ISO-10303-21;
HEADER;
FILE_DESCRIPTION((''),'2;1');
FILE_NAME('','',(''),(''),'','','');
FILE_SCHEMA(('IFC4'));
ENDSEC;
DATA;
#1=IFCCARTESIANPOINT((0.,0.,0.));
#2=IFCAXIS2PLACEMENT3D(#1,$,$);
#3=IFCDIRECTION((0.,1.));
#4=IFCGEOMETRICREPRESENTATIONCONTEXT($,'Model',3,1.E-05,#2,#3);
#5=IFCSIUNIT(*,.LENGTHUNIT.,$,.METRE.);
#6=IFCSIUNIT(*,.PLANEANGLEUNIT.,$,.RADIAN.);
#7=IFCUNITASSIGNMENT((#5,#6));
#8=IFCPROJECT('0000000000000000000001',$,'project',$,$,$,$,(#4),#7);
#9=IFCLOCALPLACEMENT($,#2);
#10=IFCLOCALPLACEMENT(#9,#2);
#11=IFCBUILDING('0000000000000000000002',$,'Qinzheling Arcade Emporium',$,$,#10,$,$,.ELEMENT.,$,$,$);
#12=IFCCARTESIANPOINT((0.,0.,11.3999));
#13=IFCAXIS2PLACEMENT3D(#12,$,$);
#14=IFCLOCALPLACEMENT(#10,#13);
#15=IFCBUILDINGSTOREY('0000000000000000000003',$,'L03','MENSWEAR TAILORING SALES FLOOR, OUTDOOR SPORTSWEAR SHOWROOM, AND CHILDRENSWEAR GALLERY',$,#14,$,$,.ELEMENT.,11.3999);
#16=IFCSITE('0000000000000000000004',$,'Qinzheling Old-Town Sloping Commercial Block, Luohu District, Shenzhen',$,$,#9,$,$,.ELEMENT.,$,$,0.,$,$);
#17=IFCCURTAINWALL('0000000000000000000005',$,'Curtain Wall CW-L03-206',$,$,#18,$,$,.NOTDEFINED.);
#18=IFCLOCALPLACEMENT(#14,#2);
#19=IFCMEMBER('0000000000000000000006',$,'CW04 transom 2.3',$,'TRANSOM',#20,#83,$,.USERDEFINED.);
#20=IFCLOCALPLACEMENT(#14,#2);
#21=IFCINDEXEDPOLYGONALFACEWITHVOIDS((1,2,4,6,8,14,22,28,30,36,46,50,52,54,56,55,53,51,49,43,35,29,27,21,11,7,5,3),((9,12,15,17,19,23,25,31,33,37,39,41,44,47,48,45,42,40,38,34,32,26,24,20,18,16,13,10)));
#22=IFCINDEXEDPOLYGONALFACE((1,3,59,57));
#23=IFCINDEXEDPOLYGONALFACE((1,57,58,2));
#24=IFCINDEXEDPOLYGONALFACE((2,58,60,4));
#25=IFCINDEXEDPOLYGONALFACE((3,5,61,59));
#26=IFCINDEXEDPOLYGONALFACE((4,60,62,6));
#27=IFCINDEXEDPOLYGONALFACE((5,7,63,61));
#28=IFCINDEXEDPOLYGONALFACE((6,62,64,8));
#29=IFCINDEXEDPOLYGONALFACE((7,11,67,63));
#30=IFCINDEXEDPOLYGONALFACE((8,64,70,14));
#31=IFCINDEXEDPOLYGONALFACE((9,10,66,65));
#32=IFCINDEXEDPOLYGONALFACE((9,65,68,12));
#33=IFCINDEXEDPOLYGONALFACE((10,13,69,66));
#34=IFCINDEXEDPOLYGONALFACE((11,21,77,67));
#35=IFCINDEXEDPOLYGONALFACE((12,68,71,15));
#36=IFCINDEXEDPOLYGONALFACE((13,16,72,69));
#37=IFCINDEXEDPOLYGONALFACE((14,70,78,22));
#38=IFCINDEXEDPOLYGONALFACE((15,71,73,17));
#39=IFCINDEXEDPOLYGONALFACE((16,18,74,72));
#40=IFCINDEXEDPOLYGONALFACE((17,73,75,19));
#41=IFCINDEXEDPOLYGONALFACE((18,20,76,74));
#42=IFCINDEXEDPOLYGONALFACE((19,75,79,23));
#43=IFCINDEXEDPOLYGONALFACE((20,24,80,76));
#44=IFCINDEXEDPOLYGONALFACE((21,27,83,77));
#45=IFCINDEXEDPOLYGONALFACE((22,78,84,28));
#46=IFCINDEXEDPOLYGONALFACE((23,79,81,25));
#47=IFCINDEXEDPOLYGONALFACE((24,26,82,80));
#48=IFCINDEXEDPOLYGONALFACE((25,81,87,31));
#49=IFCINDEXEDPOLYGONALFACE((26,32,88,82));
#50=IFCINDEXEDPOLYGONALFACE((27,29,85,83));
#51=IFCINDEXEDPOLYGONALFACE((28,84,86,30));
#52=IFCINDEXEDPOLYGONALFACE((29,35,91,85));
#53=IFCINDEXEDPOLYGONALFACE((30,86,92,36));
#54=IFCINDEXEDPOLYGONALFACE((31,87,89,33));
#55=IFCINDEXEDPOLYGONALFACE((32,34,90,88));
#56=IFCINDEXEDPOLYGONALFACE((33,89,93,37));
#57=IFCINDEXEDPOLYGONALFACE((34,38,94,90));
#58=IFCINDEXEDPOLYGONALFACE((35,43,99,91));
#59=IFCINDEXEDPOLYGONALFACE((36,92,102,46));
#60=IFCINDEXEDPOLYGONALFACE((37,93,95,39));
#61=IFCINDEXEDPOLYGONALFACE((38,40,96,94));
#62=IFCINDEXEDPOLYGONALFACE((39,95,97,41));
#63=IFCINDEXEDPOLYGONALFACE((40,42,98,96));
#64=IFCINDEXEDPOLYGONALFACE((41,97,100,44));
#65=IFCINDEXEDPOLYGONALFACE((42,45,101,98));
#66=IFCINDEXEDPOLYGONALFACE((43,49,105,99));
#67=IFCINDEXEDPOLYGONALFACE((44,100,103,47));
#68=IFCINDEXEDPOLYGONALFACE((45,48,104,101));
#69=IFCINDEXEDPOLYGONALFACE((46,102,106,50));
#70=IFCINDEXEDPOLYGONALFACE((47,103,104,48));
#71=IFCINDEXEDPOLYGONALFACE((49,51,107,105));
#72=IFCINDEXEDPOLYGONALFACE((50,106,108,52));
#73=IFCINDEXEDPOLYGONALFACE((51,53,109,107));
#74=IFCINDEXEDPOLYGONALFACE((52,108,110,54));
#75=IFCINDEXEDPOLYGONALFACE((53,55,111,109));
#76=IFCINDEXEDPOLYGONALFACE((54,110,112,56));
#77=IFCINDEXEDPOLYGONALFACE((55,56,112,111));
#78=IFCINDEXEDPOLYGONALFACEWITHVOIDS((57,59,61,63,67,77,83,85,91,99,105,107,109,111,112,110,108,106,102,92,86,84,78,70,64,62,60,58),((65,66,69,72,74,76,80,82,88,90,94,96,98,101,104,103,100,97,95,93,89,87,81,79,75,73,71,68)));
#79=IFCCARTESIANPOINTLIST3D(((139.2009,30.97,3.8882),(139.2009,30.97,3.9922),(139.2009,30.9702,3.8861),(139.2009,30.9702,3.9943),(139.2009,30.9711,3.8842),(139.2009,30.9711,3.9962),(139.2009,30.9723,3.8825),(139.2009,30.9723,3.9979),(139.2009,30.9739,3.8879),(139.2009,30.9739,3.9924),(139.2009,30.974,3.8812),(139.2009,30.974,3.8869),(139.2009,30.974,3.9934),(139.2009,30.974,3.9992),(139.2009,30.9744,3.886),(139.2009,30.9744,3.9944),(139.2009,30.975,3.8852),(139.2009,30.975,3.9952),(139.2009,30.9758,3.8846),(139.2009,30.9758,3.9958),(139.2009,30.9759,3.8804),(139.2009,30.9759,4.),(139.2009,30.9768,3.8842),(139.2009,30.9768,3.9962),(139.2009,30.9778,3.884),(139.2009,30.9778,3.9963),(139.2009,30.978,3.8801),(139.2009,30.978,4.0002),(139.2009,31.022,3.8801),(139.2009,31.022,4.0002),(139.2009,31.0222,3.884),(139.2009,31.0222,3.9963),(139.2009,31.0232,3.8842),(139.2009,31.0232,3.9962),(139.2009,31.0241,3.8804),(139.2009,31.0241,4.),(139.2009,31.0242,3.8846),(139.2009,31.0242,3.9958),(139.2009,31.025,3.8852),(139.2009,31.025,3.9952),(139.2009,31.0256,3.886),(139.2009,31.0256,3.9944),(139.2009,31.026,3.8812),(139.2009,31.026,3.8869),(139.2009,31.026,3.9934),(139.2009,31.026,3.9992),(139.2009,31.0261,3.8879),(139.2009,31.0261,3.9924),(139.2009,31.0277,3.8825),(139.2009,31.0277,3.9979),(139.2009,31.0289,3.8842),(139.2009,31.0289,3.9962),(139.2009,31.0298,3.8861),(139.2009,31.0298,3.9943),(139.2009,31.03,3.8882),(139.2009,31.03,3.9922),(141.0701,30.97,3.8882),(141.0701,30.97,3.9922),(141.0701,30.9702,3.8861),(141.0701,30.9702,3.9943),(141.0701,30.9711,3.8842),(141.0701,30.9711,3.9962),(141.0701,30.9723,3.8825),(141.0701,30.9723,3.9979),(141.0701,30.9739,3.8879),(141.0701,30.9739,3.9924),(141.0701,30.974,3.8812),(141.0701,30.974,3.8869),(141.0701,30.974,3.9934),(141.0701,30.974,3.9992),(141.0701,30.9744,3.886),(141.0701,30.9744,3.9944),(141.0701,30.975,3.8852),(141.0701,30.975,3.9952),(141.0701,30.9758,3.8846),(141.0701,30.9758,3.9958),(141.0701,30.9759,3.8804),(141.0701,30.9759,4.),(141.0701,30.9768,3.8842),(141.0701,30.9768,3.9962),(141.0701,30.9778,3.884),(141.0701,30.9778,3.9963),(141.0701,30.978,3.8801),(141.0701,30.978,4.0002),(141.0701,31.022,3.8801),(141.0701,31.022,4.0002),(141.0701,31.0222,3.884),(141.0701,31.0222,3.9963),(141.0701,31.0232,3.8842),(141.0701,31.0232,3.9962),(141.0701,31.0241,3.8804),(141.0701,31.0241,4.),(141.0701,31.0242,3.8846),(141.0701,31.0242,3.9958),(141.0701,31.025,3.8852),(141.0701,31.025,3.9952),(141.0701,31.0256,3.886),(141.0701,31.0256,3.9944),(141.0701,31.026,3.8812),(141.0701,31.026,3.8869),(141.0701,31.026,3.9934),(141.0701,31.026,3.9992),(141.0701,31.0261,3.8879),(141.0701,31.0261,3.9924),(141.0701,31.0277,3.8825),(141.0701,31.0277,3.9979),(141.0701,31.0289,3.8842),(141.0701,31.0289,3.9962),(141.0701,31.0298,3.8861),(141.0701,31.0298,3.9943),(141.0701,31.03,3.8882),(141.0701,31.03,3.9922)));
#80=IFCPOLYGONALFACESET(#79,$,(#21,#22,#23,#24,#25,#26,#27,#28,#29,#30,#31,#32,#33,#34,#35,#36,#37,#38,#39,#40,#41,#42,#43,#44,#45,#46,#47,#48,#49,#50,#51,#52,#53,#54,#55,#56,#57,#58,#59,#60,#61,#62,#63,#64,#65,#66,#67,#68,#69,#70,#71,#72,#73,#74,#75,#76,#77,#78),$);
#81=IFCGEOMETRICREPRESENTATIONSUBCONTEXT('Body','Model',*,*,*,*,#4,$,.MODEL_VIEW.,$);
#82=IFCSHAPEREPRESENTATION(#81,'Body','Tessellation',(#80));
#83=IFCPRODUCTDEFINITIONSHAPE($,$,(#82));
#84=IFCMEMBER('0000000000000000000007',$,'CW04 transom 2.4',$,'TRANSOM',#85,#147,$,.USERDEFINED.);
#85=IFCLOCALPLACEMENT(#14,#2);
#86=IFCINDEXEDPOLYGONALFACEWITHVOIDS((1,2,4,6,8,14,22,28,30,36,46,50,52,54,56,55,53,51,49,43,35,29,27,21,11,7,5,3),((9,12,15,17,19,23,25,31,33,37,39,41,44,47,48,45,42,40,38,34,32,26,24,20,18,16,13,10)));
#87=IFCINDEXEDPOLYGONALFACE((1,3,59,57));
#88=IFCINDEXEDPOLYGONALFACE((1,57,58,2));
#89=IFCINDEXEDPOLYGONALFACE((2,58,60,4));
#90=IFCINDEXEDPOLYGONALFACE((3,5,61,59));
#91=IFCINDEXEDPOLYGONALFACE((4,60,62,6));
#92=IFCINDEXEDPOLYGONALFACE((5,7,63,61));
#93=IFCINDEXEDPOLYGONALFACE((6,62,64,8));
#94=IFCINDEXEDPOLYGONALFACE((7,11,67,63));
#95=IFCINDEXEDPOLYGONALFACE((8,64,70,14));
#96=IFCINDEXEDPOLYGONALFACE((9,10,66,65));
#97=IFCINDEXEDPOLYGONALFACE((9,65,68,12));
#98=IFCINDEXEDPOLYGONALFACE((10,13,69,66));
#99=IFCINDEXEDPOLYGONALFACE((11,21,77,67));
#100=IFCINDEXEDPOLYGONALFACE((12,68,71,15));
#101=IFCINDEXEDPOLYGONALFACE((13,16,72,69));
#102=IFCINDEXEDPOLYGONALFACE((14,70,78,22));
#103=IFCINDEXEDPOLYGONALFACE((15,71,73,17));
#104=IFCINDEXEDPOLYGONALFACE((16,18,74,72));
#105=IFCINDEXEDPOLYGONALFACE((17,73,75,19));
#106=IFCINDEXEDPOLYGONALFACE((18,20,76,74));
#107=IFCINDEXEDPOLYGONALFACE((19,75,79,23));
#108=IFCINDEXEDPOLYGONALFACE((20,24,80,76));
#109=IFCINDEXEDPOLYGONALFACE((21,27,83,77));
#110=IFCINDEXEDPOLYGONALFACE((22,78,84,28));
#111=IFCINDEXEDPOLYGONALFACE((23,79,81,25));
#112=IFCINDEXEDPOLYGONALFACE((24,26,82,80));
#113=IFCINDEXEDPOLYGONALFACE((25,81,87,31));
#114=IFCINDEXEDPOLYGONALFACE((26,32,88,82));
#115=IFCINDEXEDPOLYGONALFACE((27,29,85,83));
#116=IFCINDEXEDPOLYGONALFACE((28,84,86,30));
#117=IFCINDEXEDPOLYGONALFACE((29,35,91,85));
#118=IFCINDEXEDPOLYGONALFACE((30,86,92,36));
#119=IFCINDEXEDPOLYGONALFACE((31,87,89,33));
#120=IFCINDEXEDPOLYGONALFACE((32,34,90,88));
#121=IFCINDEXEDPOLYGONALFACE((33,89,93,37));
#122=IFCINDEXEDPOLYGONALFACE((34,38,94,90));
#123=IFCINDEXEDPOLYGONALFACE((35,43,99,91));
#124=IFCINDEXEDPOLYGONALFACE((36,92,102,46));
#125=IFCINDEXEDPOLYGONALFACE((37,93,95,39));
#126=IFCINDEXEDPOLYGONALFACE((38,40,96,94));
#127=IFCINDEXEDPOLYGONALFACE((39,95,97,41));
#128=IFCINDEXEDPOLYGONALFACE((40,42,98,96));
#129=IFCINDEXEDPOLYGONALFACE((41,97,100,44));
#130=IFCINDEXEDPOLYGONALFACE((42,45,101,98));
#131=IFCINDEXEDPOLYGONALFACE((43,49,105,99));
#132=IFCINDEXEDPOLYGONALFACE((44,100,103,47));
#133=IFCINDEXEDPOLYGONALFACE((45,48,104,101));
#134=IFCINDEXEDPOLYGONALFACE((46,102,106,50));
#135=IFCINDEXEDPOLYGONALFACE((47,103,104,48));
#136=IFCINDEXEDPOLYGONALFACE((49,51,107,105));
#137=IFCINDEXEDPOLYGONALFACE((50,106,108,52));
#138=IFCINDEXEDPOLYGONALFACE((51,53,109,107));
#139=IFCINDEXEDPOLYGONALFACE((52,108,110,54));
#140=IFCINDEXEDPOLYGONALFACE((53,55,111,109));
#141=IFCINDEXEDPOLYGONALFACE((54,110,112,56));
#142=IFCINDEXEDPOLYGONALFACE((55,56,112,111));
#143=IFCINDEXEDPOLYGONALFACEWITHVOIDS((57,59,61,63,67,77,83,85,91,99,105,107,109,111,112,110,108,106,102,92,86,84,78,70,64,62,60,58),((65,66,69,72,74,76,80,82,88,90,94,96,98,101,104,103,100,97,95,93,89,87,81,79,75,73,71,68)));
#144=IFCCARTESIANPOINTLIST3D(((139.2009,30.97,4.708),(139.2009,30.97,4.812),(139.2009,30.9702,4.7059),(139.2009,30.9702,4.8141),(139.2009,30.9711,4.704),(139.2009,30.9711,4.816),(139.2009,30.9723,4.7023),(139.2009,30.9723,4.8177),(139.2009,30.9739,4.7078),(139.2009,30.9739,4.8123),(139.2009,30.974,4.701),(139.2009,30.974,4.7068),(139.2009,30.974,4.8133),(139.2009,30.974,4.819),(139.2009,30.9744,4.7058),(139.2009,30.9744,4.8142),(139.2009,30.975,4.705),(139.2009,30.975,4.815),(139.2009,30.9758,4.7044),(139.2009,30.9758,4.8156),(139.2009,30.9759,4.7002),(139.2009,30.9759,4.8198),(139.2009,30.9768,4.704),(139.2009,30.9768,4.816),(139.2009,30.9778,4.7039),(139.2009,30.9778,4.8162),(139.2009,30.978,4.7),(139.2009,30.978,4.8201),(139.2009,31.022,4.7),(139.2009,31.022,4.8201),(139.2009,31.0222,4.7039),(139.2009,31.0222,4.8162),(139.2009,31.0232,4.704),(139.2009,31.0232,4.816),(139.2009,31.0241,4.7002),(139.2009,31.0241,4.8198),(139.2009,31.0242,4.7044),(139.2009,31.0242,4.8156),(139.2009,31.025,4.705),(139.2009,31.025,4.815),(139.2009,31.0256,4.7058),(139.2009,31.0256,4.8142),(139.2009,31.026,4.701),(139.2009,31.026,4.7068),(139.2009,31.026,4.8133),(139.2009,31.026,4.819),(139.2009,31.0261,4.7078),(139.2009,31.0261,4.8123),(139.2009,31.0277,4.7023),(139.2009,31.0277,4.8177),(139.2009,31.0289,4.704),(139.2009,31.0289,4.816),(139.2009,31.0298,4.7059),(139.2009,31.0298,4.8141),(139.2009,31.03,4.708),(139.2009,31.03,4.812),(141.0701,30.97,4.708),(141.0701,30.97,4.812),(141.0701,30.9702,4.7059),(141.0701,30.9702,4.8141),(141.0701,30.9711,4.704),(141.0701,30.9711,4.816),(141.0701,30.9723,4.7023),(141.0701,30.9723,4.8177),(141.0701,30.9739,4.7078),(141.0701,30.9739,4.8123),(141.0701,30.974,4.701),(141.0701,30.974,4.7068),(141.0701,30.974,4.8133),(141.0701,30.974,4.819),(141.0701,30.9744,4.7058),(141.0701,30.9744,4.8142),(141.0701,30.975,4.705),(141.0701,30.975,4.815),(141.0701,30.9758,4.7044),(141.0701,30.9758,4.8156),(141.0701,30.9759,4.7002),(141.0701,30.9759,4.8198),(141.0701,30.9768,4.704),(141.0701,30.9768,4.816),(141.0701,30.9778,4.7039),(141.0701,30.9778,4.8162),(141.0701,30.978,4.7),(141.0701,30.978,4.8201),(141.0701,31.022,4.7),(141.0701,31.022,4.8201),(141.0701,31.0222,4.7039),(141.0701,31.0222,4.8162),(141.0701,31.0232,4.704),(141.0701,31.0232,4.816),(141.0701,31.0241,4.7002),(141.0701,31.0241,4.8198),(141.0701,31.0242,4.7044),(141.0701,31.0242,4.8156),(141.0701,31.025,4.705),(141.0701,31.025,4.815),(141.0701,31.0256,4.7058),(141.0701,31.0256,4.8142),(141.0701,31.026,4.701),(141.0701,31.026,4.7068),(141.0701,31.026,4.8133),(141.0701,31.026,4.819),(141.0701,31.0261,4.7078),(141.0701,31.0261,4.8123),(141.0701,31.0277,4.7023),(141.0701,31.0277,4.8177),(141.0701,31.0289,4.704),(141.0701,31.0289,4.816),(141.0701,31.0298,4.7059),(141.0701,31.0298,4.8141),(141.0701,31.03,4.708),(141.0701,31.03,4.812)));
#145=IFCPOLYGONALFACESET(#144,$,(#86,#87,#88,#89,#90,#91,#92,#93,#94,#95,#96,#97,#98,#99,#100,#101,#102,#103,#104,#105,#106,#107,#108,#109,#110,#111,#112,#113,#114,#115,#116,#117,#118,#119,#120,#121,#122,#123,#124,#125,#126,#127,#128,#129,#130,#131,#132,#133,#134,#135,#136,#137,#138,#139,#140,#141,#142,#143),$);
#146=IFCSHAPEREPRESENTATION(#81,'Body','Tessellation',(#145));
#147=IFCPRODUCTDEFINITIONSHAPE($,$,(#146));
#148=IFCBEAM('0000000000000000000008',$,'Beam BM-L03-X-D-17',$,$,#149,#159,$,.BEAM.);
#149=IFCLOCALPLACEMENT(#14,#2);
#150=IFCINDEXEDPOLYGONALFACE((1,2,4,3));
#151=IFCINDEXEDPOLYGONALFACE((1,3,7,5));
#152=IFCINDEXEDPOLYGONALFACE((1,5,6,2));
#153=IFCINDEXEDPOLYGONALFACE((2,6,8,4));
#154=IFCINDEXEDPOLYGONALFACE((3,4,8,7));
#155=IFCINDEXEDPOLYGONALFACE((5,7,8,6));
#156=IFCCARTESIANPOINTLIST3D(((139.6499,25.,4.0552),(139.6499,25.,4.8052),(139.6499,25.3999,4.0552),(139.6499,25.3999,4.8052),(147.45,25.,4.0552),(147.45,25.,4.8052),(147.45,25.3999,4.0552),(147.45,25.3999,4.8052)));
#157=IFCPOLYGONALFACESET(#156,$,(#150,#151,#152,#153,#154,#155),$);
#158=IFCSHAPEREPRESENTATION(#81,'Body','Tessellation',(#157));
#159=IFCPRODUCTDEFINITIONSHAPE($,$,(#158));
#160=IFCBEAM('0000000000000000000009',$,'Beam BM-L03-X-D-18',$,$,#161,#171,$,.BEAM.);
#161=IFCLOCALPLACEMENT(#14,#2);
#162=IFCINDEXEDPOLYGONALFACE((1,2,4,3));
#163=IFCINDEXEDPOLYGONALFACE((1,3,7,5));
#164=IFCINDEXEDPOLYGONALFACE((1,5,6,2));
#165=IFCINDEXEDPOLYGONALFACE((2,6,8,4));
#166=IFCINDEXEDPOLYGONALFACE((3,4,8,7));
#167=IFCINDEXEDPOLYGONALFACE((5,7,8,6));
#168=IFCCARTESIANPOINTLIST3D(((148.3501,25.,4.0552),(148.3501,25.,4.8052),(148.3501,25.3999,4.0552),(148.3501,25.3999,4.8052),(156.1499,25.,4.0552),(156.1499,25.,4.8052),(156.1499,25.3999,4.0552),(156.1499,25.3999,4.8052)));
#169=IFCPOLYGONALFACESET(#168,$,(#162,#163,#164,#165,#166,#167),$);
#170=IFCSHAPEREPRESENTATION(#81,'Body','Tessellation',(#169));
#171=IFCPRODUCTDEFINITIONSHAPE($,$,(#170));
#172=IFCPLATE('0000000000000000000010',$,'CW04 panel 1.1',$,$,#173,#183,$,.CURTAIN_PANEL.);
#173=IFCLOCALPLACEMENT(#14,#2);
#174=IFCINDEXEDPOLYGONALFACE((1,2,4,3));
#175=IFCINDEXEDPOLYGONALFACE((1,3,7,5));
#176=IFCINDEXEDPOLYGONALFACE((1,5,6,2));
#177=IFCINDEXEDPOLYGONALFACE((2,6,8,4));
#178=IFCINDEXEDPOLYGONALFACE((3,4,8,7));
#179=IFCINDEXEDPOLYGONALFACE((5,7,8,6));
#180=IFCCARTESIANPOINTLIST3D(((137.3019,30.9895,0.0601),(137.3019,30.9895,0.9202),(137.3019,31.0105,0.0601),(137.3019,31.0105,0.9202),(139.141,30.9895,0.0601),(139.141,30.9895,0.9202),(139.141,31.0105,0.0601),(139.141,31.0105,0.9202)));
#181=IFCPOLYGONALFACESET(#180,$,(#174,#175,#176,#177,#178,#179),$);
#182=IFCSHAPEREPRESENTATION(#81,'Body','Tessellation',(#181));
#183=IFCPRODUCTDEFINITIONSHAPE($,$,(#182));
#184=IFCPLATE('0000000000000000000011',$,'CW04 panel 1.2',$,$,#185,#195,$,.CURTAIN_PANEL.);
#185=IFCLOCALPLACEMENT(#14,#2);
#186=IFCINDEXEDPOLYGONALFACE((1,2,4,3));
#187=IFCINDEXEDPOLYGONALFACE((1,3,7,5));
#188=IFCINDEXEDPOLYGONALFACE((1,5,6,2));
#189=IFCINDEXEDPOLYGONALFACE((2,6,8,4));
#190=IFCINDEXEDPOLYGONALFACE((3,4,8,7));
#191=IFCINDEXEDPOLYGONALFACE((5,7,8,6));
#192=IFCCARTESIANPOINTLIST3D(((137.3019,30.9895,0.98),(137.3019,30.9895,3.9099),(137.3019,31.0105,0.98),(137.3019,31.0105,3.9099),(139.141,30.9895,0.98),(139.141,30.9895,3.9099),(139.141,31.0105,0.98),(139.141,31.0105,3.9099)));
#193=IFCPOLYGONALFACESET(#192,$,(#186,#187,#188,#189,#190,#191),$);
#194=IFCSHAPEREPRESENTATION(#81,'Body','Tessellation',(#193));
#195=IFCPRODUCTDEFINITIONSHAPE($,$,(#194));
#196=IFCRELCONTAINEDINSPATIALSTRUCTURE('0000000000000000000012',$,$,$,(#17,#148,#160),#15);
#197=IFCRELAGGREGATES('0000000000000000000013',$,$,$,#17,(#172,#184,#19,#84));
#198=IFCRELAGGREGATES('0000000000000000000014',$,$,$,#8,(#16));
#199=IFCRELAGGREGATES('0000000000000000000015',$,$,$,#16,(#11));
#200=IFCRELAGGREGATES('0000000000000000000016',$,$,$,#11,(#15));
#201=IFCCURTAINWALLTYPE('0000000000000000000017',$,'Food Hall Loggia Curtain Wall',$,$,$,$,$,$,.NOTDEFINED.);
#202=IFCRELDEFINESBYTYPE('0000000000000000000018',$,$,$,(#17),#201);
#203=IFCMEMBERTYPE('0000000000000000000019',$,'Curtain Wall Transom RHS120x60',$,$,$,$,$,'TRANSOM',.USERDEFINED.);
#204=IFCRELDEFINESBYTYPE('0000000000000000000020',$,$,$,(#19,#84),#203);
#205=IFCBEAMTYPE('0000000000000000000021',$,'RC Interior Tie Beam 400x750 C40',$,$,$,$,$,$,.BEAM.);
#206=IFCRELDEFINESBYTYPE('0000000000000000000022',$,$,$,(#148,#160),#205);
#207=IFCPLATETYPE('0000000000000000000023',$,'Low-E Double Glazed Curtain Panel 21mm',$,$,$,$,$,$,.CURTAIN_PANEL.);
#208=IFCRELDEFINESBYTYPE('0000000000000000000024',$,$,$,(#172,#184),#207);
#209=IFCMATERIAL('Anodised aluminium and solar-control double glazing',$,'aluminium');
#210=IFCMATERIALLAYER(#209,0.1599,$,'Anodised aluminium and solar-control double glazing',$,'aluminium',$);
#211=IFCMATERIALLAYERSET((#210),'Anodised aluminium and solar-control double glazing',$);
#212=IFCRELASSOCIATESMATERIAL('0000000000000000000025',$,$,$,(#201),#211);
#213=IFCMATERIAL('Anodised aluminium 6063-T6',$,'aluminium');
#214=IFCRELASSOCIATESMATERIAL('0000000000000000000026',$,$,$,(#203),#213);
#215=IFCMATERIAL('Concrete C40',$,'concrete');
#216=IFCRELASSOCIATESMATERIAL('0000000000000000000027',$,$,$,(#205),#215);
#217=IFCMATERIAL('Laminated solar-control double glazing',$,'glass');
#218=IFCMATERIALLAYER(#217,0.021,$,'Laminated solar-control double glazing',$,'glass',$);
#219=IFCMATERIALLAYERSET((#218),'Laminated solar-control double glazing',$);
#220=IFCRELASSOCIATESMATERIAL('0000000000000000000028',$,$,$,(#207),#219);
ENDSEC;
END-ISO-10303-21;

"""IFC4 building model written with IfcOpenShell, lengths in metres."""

from ifc_helpers import new_model, si_unit, direction, frame, origin, origin_2d, place, context, subcontext, project, spatial, rectangle, hollow_rectangle, extrude, material, layer, layer_set, material_profile, profile_set, type_object, element, aggregate, save


model = new_model("IFC4")

# Units and contexts
model_context = context("Model", 3, precision=1e-05, world=origin(), true_north=direction((0.0, 1.0)))
body_context = subcontext(model_context, "Body", "Model", "MODEL_VIEW")
ifc_project = project(units=[si_unit("LENGTHUNIT", "METRE"), si_unit("PLANEANGLEUNIT", "RADIAN")], contexts=[model_context])

# Site, building, storey
site_placement = place(None, origin())
site = spatial("IfcSite", under=ifc_project, at=site_placement, Name="Qinzheling Old-Town Sloping Commercial Block, Luohu District, Shenzhen", CompositionType="ELEMENT", RefElevation=0.0)
building_placement = place(site_placement, origin())
building = spatial("IfcBuilding", under=site, at=building_placement, Name="Qinzheling Arcade Emporium", CompositionType="ELEMENT")
storey_placement = place(building_placement, frame((0.0, 0.0, 11.3999)))
storey = spatial("IfcBuildingStorey", under=building, at=storey_placement, Name="L03", Description="MENSWEAR TAILORING SALES FLOOR, OUTDOOR SPORTSWEAR SHOWROOM, AND CHILDRENSWEAR GALLERY", CompositionType="ELEMENT", Elevation=11.3999)

# Curtain wall, members
ifc_material_1 = material(Name="Anodised aluminium and solar-control double glazing", Category="aluminium")
ifc_layer_1 = layer(ifc_material_1, 0.1599, Name="Anodised aluminium and solar-control double glazing", Category="aluminium")
ifc_layer_set_1 = layer_set([ifc_layer_1], Name="Anodised aluminium and solar-control double glazing")
curtain_wall_type = type_object("IfcCurtainWallType", Name="Food Hall Loggia Curtain Wall", PredefinedType="NOTDEFINED", material=ifc_layer_set_1)
curtain_wall_placement = place(storey_placement, origin())
curtain_wall = element("IfcCurtainWall", 1, at=curtain_wall_placement, inside=storey, type_object=curtain_wall_type, Name="Curtain Wall CW-L03-206", PredefinedType="NOTDEFINED")
ifc_material_2 = material(Name="Anodised aluminium 6063-T6", Category="aluminium")
ifc_material_profile_1 = material_profile(ifc_material_2, hollow_rectangle(XDim=0.0601, YDim=0.1201, WallThickness=0.0039, InnerFilletRadius=0.0039, OuterFilletRadius=0.0081, at=origin_2d()), Name="RHS 120x60x4", Category="aluminium")
ifc_profile_set_1 = profile_set([ifc_material_profile_1], Name="Anodised aluminium 6063-T6")
member_type_1 = type_object("IfcMemberType", Name="Curtain Wall Transom RHS120x60", ElementType="TRANSOM", PredefinedType="USERDEFINED", material=ifc_profile_set_1)
member_1_placement = place(storey_placement, frame((139.2009, 31.0, 3.9402), z_axis=(1.0, 0.0, 0.0), x_axis=(0.0, 1.0, 0.0)))
member_1 = element("IfcMember", 2, at=member_1_placement, type_object=member_type_1, Name="CW04 transom 2.3", ObjectType="TRANSOM", PredefinedType="USERDEFINED", context=body_context, shape_type="SweptSolid", body=[
    extrude(hollow_rectangle(XDim=0.0601, YDim=0.1201, WallThickness=0.0039, InnerFilletRadius=0.0039, OuterFilletRadius=0.0081, at=origin_2d()), origin(), (0.0, 0.0, 1.0), 1.8691),
])
member_2_placement = place(storey_placement, frame((139.2009, 31.0, 4.76), z_axis=(1.0, 0.0, 0.0), x_axis=(0.0, 1.0, 0.0)))
member_2 = element("IfcMember", 3, at=member_2_placement, type_object=member_type_1, Name="CW04 transom 2.4", ObjectType="TRANSOM", PredefinedType="USERDEFINED", context=body_context, shape_type="SweptSolid", body=[
    extrude(hollow_rectangle(XDim=0.0601, YDim=0.1201, WallThickness=0.0039, InnerFilletRadius=0.0039, OuterFilletRadius=0.0081, at=origin_2d()), origin(), (0.0, 0.0, 1.0), 1.8691),
])

# Beams
ifc_material_3 = material(Name="Concrete C40", Category="concrete")
ifc_material_profile_2 = material_profile(ifc_material_3, rectangle(XDim=0.3999, YDim=0.75, at=origin_2d()), Name="RC 400x750", Category="concrete")
ifc_profile_set_2 = profile_set([ifc_material_profile_2], Name="Concrete C40")
beam_type = type_object("IfcBeamType", Name="RC Interior Tie Beam 400x750 C40", PredefinedType="BEAM", material=ifc_profile_set_2)
beam_1_placement = place(storey_placement, frame((139.6499, 25.2, 4.4302), z_axis=(1.0, 0.0, 0.0), x_axis=(0.0, 1.0, 0.0)))
element("IfcBeam", 4, at=beam_1_placement, inside=storey, type_object=beam_type, Name="Beam BM-L03-X-D-17", PredefinedType="BEAM", context=body_context, shape_type="SweptSolid", body=[
    extrude(rectangle(XDim=0.3999, YDim=0.75, at=origin_2d()), origin(), (0.0, 0.0, 1.0), 7.8),
])
beam_2_placement = place(storey_placement, frame((148.3501, 25.2, 4.4302), z_axis=(1.0, 0.0, 0.0), x_axis=(0.0, 1.0, 0.0)))
element("IfcBeam", 5, at=beam_2_placement, inside=storey, type_object=beam_type, Name="Beam BM-L03-X-D-18", PredefinedType="BEAM", context=body_context, shape_type="SweptSolid", body=[
    extrude(rectangle(XDim=0.3999, YDim=0.75, at=origin_2d()), origin(), (0.0, 0.0, 1.0), 7.7998),
])

# Plates
ifc_material_4 = material(Name="Laminated solar-control double glazing", Category="glass")
ifc_layer_2 = layer(ifc_material_4, 0.021, Name="Laminated solar-control double glazing", Category="glass")
ifc_layer_set_2 = layer_set([ifc_layer_2], Name="Laminated solar-control double glazing")
plate_type = type_object("IfcPlateType", Name="Low-E Double Glazed Curtain Panel 21mm", PredefinedType="CURTAIN_PANEL", material=ifc_layer_set_2)
plate_1_placement = place(storey_placement, frame((138.2214, 31.0, 0.0601), z_axis=(0.0, 0.0, 1.0), x_axis=(1.0, 0.0, 0.0)))
plate_1 = element("IfcPlate", 6, at=plate_1_placement, type_object=plate_type, Name="CW04 panel 1.1", PredefinedType="CURTAIN_PANEL", context=body_context, shape_type="SweptSolid", body=[
    extrude(rectangle(XDim=1.8391, YDim=0.021, at=origin_2d()), origin(), (0.0, 0.0, 1.0), 0.8601),
])
plate_2_placement = place(storey_placement, frame((138.2214, 31.0, 0.98), z_axis=(0.0, 0.0, 1.0), x_axis=(1.0, 0.0, 0.0)))
plate_2 = element("IfcPlate", 7, at=plate_2_placement, type_object=plate_type, Name="CW04 panel 1.2", PredefinedType="CURTAIN_PANEL", context=body_context, shape_type="SweptSolid", body=[
    extrude(rectangle(XDim=1.8391, YDim=0.021, at=origin_2d()), origin(), (0.0, 0.0, 1.0), 2.9299),
])
aggregate(curtain_wall, [plate_1, plate_2, member_1, member_2])

save(model, "model.ifc")
